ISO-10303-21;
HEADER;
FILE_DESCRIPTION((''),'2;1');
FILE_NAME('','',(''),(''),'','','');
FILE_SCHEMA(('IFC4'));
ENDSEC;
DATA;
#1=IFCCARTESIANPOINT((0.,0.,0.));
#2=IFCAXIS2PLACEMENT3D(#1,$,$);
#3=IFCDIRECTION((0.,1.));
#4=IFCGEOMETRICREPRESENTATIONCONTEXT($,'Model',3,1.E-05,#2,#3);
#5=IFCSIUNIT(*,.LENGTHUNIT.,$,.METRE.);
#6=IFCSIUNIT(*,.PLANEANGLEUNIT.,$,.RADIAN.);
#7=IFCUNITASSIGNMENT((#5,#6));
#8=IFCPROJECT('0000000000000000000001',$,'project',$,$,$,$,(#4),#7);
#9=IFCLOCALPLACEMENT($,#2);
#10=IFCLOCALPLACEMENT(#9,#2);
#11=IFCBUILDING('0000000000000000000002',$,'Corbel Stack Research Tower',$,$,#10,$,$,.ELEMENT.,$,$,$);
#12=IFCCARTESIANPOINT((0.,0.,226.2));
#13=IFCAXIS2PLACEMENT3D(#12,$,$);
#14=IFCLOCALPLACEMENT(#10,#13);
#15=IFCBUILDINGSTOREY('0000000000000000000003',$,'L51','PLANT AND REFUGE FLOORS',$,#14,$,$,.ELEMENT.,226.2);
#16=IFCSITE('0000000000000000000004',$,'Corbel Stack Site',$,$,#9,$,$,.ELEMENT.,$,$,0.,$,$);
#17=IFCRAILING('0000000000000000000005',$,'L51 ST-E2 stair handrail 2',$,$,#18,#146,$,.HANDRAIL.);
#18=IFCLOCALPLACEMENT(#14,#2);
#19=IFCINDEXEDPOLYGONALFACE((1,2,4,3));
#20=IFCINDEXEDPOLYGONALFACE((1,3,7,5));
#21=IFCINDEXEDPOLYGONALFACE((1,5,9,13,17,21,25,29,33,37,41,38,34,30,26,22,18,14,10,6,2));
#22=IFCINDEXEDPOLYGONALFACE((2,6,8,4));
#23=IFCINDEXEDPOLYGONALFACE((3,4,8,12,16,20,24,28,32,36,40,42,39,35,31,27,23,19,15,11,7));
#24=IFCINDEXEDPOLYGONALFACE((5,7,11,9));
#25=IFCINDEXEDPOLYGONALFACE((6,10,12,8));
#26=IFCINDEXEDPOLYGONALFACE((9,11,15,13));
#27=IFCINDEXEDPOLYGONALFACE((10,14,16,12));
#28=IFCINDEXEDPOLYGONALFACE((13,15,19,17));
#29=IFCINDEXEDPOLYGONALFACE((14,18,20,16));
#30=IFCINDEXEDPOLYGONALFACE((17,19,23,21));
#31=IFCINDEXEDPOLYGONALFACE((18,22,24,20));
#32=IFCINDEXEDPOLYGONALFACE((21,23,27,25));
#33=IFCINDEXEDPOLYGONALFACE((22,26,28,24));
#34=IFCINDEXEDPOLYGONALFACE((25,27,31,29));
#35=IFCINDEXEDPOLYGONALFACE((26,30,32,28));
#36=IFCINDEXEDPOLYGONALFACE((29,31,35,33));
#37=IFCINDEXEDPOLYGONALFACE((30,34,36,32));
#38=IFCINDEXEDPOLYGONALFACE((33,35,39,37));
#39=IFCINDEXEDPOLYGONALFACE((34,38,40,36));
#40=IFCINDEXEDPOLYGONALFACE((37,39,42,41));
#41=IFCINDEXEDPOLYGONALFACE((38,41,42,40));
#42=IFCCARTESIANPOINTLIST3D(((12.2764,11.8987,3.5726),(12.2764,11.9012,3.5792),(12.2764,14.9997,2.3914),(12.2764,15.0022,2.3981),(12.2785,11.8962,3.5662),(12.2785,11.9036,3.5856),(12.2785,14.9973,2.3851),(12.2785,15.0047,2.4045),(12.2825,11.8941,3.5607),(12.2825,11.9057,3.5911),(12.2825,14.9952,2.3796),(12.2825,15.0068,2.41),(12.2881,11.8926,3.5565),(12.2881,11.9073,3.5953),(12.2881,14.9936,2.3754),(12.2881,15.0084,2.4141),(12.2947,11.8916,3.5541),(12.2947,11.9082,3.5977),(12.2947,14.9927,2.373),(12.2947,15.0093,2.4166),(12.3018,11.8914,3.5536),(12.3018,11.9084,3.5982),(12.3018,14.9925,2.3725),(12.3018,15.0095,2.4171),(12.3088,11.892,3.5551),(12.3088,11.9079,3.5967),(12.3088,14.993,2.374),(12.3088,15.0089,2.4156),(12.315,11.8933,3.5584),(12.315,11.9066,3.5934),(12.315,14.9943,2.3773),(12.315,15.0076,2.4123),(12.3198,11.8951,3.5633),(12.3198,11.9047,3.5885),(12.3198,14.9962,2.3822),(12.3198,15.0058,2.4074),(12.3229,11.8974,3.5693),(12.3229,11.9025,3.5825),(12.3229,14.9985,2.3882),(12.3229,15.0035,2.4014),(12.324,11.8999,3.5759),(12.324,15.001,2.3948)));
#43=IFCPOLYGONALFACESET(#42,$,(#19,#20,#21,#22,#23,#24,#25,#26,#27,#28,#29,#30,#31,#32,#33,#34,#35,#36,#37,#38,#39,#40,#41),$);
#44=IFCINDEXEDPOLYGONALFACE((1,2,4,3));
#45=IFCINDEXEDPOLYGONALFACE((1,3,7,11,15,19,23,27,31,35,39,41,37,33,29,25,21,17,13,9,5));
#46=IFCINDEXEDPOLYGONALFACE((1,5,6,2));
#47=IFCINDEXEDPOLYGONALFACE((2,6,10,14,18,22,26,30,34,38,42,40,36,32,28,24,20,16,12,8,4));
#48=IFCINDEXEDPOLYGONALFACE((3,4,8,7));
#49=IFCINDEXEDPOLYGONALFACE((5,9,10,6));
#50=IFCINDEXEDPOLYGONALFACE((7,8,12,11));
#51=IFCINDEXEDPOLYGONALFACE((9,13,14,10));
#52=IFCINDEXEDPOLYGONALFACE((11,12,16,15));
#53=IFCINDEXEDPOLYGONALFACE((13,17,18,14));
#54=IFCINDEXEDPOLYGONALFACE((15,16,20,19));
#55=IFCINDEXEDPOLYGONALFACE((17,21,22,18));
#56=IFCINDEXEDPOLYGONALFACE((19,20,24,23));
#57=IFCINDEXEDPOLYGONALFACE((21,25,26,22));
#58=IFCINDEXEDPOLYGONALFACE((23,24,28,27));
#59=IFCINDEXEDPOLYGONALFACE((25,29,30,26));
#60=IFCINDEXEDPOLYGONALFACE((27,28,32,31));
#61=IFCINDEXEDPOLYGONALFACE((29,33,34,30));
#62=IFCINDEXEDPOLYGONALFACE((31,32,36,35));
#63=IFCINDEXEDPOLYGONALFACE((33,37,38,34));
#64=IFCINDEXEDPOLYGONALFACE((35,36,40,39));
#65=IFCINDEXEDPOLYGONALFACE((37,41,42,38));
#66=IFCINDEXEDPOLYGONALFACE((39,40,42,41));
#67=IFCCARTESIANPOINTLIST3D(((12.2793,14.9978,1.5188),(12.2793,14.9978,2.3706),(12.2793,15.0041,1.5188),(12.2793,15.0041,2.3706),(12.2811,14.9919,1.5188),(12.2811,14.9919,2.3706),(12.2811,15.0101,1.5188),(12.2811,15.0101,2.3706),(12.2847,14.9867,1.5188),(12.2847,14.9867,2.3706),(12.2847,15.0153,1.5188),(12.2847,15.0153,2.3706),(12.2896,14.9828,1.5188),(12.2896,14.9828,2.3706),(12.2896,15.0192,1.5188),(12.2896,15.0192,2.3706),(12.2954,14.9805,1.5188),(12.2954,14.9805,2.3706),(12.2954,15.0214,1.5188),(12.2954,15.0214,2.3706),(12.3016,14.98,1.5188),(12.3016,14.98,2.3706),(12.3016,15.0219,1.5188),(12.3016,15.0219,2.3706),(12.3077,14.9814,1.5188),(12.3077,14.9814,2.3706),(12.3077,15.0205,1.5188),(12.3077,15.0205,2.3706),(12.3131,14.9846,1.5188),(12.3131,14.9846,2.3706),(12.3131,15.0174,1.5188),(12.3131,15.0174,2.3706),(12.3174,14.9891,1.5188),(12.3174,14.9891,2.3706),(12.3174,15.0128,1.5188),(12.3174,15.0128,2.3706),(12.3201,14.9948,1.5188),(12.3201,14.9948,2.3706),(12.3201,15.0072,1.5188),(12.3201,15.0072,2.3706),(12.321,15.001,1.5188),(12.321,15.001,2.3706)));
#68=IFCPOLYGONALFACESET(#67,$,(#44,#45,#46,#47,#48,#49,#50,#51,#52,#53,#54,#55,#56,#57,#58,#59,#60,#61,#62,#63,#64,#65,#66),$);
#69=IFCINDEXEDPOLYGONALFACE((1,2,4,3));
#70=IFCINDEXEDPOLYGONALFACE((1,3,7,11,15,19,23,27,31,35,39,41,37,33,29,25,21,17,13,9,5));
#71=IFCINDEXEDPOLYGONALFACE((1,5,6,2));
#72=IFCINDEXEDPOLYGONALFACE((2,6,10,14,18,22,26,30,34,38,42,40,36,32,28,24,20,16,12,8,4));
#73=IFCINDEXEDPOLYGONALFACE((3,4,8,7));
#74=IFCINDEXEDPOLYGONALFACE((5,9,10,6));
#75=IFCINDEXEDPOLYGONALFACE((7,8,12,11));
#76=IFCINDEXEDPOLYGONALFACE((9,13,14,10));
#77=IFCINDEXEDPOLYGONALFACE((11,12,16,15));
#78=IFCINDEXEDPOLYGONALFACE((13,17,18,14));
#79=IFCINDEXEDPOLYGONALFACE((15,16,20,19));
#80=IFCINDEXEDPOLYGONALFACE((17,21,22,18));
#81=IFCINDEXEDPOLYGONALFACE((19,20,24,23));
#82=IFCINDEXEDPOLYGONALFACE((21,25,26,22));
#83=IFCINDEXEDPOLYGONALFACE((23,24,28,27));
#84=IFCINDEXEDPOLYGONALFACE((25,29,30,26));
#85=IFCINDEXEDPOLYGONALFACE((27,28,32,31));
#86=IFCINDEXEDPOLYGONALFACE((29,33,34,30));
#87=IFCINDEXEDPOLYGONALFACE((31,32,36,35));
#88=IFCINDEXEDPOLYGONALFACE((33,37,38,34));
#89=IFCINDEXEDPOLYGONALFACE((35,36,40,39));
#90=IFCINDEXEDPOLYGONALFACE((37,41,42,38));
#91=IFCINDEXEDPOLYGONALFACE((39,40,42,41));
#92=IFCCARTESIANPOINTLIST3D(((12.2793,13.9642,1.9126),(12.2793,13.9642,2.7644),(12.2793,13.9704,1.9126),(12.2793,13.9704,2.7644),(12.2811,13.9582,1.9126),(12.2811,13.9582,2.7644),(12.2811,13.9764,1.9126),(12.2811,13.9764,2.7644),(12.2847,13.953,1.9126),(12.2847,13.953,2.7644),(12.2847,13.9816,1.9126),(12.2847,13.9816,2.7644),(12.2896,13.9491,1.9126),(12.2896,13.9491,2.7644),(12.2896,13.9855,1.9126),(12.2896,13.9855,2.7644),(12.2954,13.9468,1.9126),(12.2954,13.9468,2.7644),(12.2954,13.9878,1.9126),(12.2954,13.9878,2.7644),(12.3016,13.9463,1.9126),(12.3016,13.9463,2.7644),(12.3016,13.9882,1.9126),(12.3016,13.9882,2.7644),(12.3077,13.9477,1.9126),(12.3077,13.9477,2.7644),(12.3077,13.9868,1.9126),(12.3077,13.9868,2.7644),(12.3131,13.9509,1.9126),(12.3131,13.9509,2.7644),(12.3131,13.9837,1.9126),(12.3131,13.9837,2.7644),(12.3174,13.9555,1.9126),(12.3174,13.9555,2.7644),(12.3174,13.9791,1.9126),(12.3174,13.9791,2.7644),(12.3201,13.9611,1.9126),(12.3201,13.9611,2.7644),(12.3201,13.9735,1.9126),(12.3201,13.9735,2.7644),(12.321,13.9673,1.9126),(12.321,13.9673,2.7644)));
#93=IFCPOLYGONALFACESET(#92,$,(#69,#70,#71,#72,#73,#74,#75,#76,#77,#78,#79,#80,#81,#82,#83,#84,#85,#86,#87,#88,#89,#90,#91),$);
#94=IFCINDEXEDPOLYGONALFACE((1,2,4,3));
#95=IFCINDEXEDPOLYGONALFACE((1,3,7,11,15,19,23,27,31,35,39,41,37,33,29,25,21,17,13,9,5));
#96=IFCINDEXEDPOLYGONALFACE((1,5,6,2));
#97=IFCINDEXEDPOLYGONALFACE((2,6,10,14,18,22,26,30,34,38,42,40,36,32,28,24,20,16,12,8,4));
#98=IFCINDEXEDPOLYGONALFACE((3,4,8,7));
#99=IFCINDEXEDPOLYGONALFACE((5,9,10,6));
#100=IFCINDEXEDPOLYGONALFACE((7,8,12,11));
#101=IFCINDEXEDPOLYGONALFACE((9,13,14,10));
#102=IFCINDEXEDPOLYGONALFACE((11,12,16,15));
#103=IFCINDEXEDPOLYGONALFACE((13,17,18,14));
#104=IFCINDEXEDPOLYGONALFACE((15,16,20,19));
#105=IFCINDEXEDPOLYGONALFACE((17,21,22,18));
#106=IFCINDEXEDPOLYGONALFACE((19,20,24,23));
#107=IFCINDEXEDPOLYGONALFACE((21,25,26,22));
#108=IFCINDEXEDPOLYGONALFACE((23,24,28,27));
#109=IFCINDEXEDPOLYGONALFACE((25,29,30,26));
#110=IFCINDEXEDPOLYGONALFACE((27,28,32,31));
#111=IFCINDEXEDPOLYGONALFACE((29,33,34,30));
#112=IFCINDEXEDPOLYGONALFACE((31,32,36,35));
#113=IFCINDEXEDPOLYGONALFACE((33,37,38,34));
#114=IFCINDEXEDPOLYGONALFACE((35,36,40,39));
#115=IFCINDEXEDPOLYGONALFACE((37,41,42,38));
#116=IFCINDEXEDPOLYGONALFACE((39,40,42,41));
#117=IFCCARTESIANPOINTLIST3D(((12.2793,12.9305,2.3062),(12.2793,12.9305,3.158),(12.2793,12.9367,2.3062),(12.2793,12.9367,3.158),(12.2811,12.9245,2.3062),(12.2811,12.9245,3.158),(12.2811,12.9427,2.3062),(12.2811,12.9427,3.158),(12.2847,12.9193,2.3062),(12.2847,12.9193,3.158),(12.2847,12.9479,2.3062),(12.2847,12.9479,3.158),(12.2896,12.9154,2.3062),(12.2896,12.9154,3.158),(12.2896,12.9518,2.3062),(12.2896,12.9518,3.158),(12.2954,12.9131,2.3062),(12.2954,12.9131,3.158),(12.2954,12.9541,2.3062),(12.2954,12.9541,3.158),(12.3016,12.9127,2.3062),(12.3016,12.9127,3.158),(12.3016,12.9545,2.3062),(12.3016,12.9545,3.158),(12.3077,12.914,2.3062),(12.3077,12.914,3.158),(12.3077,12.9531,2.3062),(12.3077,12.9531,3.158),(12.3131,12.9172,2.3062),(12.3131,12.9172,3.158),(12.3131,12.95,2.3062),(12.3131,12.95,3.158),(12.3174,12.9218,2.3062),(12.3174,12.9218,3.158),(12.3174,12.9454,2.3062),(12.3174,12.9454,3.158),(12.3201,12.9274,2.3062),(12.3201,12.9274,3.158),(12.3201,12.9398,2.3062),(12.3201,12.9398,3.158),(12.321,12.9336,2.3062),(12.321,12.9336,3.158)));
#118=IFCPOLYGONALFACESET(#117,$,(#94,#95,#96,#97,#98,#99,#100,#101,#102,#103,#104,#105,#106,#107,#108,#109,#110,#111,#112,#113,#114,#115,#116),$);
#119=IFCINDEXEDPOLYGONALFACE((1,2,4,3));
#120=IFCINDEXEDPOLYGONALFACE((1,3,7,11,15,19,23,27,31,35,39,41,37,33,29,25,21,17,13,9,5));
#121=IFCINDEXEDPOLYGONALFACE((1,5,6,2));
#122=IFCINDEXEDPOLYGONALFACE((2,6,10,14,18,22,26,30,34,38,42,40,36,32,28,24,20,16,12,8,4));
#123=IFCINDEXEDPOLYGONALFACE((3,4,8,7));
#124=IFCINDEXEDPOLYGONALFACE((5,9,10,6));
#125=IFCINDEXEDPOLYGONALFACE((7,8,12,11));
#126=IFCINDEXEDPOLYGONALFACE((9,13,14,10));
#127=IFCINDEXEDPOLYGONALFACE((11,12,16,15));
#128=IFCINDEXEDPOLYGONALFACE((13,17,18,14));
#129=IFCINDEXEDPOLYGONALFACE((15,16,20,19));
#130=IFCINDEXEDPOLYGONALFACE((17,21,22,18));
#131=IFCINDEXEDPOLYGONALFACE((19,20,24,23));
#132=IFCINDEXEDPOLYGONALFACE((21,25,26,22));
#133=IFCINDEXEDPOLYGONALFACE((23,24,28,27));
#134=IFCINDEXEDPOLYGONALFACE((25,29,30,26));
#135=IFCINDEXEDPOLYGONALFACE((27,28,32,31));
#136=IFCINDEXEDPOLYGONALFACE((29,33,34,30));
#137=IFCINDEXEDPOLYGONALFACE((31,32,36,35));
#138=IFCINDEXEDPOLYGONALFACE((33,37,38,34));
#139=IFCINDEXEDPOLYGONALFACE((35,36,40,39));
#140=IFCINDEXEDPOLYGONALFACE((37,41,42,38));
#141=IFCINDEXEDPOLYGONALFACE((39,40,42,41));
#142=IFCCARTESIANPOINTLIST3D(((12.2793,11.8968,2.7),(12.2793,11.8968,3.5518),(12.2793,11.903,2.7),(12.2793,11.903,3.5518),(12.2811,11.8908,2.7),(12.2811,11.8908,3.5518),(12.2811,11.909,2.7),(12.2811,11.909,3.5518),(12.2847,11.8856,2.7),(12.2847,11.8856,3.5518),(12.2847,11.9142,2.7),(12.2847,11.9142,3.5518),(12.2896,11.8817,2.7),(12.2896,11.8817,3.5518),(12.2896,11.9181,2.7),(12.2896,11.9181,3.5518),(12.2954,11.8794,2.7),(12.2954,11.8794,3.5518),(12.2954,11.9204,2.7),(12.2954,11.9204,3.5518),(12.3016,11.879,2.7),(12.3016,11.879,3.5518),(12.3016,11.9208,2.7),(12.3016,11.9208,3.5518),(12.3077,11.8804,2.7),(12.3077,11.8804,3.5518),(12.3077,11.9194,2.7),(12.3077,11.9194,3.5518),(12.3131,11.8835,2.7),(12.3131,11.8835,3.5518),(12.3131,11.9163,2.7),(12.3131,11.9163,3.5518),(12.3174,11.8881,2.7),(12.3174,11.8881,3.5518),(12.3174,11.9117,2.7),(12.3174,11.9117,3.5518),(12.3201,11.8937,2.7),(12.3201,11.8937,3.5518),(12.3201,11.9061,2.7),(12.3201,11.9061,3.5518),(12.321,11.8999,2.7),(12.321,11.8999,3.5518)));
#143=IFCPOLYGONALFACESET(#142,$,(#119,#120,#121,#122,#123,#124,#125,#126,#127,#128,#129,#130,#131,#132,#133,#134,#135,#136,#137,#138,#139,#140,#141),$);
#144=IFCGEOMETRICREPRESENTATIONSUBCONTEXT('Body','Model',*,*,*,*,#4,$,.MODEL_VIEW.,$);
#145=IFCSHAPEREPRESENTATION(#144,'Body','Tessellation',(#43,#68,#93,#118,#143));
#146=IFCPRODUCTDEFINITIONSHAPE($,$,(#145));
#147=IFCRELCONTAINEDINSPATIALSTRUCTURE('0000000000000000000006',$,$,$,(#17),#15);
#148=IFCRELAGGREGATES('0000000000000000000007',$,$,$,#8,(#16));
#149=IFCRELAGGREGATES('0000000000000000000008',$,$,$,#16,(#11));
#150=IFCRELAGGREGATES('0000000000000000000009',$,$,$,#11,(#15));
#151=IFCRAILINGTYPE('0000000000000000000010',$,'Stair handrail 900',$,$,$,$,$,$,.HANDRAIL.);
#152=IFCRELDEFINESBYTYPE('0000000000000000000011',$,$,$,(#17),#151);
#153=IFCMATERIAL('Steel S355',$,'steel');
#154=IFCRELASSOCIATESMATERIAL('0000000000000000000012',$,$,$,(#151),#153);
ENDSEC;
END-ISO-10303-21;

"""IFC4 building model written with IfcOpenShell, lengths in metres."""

from ifc_helpers import new_model, si_unit, direction, frame, origin, origin_2d, place, context, subcontext, project, spatial, circle, extrude, material, type_object, element, save


model = new_model("IFC4")

# Units and contexts
model_context = context("Model", 3, precision=1e-05, world=origin(), true_north=direction((0.0, 1.0)))
body_context = subcontext(model_context, "Body", "Model", "MODEL_VIEW")
ifc_project = project(units=[si_unit("LENGTHUNIT", "METRE"), si_unit("PLANEANGLEUNIT", "RADIAN")], contexts=[model_context])

# Site, building, storey
site_placement = place(None, origin())
site = spatial("IfcSite", under=ifc_project, at=site_placement, Name="Corbel Stack Site", CompositionType="ELEMENT", RefElevation=0.0)
building_placement = place(site_placement, origin())
building = spatial("IfcBuilding", under=site, at=building_placement, Name="Corbel Stack Research Tower", CompositionType="ELEMENT")
storey_placement = place(building_placement, frame((0.0, 0.0, 226.2)))
storey = spatial("IfcBuildingStorey", under=building, at=storey_placement, Name="L51", Description="PLANT AND REFUGE FLOORS", CompositionType="ELEMENT", Elevation=226.2)

# Railing
ifc_material_1 = material(Name="Steel S355", Category="steel")
railing_type_1 = type_object("IfcRailingType", Name="Stair handrail 900", PredefinedType="HANDRAIL", material=ifc_material_1)
railing_1_placement = place(storey_placement, frame((12.3, 15.001, 1.5188)))
element("IfcRailing", 1, at=railing_1_placement, inside=storey, type_object=railing_type_1, Name="L51 ST-E2 stair handrail 2", PredefinedType="HANDRAIL", context=body_context, shape_type="SweptSolid", body=[
    extrude(circle(Radius=0.0239, at=origin_2d()), frame((0.0, 0.0, 0.876), z_axis=(0.0, -0.934509, 0.35594), x_axis=(1.0, 0.0, 0.0)), (0.0, 0.0, 1.0), 3.3184),
    extrude(circle(Radius=0.021, at=origin_2d()), origin(), (0.0, 0.0, 1.0), 0.8518),
    extrude(circle(Radius=0.021, at=origin_2d()), frame((0.0, -1.0337, 0.3938)), (0.0, 0.0, 1.0), 0.8518),
    extrude(circle(Radius=0.021, at=origin_2d()), frame((0.0, -2.0674, 0.7874)), (0.0, 0.0, 1.0), 0.8518),
    extrude(circle(Radius=0.021, at=origin_2d()), frame((0.0, -3.1011, 1.1812)), (0.0, 0.0, 1.0), 0.8518),
])

save(model, "model.ifc")
